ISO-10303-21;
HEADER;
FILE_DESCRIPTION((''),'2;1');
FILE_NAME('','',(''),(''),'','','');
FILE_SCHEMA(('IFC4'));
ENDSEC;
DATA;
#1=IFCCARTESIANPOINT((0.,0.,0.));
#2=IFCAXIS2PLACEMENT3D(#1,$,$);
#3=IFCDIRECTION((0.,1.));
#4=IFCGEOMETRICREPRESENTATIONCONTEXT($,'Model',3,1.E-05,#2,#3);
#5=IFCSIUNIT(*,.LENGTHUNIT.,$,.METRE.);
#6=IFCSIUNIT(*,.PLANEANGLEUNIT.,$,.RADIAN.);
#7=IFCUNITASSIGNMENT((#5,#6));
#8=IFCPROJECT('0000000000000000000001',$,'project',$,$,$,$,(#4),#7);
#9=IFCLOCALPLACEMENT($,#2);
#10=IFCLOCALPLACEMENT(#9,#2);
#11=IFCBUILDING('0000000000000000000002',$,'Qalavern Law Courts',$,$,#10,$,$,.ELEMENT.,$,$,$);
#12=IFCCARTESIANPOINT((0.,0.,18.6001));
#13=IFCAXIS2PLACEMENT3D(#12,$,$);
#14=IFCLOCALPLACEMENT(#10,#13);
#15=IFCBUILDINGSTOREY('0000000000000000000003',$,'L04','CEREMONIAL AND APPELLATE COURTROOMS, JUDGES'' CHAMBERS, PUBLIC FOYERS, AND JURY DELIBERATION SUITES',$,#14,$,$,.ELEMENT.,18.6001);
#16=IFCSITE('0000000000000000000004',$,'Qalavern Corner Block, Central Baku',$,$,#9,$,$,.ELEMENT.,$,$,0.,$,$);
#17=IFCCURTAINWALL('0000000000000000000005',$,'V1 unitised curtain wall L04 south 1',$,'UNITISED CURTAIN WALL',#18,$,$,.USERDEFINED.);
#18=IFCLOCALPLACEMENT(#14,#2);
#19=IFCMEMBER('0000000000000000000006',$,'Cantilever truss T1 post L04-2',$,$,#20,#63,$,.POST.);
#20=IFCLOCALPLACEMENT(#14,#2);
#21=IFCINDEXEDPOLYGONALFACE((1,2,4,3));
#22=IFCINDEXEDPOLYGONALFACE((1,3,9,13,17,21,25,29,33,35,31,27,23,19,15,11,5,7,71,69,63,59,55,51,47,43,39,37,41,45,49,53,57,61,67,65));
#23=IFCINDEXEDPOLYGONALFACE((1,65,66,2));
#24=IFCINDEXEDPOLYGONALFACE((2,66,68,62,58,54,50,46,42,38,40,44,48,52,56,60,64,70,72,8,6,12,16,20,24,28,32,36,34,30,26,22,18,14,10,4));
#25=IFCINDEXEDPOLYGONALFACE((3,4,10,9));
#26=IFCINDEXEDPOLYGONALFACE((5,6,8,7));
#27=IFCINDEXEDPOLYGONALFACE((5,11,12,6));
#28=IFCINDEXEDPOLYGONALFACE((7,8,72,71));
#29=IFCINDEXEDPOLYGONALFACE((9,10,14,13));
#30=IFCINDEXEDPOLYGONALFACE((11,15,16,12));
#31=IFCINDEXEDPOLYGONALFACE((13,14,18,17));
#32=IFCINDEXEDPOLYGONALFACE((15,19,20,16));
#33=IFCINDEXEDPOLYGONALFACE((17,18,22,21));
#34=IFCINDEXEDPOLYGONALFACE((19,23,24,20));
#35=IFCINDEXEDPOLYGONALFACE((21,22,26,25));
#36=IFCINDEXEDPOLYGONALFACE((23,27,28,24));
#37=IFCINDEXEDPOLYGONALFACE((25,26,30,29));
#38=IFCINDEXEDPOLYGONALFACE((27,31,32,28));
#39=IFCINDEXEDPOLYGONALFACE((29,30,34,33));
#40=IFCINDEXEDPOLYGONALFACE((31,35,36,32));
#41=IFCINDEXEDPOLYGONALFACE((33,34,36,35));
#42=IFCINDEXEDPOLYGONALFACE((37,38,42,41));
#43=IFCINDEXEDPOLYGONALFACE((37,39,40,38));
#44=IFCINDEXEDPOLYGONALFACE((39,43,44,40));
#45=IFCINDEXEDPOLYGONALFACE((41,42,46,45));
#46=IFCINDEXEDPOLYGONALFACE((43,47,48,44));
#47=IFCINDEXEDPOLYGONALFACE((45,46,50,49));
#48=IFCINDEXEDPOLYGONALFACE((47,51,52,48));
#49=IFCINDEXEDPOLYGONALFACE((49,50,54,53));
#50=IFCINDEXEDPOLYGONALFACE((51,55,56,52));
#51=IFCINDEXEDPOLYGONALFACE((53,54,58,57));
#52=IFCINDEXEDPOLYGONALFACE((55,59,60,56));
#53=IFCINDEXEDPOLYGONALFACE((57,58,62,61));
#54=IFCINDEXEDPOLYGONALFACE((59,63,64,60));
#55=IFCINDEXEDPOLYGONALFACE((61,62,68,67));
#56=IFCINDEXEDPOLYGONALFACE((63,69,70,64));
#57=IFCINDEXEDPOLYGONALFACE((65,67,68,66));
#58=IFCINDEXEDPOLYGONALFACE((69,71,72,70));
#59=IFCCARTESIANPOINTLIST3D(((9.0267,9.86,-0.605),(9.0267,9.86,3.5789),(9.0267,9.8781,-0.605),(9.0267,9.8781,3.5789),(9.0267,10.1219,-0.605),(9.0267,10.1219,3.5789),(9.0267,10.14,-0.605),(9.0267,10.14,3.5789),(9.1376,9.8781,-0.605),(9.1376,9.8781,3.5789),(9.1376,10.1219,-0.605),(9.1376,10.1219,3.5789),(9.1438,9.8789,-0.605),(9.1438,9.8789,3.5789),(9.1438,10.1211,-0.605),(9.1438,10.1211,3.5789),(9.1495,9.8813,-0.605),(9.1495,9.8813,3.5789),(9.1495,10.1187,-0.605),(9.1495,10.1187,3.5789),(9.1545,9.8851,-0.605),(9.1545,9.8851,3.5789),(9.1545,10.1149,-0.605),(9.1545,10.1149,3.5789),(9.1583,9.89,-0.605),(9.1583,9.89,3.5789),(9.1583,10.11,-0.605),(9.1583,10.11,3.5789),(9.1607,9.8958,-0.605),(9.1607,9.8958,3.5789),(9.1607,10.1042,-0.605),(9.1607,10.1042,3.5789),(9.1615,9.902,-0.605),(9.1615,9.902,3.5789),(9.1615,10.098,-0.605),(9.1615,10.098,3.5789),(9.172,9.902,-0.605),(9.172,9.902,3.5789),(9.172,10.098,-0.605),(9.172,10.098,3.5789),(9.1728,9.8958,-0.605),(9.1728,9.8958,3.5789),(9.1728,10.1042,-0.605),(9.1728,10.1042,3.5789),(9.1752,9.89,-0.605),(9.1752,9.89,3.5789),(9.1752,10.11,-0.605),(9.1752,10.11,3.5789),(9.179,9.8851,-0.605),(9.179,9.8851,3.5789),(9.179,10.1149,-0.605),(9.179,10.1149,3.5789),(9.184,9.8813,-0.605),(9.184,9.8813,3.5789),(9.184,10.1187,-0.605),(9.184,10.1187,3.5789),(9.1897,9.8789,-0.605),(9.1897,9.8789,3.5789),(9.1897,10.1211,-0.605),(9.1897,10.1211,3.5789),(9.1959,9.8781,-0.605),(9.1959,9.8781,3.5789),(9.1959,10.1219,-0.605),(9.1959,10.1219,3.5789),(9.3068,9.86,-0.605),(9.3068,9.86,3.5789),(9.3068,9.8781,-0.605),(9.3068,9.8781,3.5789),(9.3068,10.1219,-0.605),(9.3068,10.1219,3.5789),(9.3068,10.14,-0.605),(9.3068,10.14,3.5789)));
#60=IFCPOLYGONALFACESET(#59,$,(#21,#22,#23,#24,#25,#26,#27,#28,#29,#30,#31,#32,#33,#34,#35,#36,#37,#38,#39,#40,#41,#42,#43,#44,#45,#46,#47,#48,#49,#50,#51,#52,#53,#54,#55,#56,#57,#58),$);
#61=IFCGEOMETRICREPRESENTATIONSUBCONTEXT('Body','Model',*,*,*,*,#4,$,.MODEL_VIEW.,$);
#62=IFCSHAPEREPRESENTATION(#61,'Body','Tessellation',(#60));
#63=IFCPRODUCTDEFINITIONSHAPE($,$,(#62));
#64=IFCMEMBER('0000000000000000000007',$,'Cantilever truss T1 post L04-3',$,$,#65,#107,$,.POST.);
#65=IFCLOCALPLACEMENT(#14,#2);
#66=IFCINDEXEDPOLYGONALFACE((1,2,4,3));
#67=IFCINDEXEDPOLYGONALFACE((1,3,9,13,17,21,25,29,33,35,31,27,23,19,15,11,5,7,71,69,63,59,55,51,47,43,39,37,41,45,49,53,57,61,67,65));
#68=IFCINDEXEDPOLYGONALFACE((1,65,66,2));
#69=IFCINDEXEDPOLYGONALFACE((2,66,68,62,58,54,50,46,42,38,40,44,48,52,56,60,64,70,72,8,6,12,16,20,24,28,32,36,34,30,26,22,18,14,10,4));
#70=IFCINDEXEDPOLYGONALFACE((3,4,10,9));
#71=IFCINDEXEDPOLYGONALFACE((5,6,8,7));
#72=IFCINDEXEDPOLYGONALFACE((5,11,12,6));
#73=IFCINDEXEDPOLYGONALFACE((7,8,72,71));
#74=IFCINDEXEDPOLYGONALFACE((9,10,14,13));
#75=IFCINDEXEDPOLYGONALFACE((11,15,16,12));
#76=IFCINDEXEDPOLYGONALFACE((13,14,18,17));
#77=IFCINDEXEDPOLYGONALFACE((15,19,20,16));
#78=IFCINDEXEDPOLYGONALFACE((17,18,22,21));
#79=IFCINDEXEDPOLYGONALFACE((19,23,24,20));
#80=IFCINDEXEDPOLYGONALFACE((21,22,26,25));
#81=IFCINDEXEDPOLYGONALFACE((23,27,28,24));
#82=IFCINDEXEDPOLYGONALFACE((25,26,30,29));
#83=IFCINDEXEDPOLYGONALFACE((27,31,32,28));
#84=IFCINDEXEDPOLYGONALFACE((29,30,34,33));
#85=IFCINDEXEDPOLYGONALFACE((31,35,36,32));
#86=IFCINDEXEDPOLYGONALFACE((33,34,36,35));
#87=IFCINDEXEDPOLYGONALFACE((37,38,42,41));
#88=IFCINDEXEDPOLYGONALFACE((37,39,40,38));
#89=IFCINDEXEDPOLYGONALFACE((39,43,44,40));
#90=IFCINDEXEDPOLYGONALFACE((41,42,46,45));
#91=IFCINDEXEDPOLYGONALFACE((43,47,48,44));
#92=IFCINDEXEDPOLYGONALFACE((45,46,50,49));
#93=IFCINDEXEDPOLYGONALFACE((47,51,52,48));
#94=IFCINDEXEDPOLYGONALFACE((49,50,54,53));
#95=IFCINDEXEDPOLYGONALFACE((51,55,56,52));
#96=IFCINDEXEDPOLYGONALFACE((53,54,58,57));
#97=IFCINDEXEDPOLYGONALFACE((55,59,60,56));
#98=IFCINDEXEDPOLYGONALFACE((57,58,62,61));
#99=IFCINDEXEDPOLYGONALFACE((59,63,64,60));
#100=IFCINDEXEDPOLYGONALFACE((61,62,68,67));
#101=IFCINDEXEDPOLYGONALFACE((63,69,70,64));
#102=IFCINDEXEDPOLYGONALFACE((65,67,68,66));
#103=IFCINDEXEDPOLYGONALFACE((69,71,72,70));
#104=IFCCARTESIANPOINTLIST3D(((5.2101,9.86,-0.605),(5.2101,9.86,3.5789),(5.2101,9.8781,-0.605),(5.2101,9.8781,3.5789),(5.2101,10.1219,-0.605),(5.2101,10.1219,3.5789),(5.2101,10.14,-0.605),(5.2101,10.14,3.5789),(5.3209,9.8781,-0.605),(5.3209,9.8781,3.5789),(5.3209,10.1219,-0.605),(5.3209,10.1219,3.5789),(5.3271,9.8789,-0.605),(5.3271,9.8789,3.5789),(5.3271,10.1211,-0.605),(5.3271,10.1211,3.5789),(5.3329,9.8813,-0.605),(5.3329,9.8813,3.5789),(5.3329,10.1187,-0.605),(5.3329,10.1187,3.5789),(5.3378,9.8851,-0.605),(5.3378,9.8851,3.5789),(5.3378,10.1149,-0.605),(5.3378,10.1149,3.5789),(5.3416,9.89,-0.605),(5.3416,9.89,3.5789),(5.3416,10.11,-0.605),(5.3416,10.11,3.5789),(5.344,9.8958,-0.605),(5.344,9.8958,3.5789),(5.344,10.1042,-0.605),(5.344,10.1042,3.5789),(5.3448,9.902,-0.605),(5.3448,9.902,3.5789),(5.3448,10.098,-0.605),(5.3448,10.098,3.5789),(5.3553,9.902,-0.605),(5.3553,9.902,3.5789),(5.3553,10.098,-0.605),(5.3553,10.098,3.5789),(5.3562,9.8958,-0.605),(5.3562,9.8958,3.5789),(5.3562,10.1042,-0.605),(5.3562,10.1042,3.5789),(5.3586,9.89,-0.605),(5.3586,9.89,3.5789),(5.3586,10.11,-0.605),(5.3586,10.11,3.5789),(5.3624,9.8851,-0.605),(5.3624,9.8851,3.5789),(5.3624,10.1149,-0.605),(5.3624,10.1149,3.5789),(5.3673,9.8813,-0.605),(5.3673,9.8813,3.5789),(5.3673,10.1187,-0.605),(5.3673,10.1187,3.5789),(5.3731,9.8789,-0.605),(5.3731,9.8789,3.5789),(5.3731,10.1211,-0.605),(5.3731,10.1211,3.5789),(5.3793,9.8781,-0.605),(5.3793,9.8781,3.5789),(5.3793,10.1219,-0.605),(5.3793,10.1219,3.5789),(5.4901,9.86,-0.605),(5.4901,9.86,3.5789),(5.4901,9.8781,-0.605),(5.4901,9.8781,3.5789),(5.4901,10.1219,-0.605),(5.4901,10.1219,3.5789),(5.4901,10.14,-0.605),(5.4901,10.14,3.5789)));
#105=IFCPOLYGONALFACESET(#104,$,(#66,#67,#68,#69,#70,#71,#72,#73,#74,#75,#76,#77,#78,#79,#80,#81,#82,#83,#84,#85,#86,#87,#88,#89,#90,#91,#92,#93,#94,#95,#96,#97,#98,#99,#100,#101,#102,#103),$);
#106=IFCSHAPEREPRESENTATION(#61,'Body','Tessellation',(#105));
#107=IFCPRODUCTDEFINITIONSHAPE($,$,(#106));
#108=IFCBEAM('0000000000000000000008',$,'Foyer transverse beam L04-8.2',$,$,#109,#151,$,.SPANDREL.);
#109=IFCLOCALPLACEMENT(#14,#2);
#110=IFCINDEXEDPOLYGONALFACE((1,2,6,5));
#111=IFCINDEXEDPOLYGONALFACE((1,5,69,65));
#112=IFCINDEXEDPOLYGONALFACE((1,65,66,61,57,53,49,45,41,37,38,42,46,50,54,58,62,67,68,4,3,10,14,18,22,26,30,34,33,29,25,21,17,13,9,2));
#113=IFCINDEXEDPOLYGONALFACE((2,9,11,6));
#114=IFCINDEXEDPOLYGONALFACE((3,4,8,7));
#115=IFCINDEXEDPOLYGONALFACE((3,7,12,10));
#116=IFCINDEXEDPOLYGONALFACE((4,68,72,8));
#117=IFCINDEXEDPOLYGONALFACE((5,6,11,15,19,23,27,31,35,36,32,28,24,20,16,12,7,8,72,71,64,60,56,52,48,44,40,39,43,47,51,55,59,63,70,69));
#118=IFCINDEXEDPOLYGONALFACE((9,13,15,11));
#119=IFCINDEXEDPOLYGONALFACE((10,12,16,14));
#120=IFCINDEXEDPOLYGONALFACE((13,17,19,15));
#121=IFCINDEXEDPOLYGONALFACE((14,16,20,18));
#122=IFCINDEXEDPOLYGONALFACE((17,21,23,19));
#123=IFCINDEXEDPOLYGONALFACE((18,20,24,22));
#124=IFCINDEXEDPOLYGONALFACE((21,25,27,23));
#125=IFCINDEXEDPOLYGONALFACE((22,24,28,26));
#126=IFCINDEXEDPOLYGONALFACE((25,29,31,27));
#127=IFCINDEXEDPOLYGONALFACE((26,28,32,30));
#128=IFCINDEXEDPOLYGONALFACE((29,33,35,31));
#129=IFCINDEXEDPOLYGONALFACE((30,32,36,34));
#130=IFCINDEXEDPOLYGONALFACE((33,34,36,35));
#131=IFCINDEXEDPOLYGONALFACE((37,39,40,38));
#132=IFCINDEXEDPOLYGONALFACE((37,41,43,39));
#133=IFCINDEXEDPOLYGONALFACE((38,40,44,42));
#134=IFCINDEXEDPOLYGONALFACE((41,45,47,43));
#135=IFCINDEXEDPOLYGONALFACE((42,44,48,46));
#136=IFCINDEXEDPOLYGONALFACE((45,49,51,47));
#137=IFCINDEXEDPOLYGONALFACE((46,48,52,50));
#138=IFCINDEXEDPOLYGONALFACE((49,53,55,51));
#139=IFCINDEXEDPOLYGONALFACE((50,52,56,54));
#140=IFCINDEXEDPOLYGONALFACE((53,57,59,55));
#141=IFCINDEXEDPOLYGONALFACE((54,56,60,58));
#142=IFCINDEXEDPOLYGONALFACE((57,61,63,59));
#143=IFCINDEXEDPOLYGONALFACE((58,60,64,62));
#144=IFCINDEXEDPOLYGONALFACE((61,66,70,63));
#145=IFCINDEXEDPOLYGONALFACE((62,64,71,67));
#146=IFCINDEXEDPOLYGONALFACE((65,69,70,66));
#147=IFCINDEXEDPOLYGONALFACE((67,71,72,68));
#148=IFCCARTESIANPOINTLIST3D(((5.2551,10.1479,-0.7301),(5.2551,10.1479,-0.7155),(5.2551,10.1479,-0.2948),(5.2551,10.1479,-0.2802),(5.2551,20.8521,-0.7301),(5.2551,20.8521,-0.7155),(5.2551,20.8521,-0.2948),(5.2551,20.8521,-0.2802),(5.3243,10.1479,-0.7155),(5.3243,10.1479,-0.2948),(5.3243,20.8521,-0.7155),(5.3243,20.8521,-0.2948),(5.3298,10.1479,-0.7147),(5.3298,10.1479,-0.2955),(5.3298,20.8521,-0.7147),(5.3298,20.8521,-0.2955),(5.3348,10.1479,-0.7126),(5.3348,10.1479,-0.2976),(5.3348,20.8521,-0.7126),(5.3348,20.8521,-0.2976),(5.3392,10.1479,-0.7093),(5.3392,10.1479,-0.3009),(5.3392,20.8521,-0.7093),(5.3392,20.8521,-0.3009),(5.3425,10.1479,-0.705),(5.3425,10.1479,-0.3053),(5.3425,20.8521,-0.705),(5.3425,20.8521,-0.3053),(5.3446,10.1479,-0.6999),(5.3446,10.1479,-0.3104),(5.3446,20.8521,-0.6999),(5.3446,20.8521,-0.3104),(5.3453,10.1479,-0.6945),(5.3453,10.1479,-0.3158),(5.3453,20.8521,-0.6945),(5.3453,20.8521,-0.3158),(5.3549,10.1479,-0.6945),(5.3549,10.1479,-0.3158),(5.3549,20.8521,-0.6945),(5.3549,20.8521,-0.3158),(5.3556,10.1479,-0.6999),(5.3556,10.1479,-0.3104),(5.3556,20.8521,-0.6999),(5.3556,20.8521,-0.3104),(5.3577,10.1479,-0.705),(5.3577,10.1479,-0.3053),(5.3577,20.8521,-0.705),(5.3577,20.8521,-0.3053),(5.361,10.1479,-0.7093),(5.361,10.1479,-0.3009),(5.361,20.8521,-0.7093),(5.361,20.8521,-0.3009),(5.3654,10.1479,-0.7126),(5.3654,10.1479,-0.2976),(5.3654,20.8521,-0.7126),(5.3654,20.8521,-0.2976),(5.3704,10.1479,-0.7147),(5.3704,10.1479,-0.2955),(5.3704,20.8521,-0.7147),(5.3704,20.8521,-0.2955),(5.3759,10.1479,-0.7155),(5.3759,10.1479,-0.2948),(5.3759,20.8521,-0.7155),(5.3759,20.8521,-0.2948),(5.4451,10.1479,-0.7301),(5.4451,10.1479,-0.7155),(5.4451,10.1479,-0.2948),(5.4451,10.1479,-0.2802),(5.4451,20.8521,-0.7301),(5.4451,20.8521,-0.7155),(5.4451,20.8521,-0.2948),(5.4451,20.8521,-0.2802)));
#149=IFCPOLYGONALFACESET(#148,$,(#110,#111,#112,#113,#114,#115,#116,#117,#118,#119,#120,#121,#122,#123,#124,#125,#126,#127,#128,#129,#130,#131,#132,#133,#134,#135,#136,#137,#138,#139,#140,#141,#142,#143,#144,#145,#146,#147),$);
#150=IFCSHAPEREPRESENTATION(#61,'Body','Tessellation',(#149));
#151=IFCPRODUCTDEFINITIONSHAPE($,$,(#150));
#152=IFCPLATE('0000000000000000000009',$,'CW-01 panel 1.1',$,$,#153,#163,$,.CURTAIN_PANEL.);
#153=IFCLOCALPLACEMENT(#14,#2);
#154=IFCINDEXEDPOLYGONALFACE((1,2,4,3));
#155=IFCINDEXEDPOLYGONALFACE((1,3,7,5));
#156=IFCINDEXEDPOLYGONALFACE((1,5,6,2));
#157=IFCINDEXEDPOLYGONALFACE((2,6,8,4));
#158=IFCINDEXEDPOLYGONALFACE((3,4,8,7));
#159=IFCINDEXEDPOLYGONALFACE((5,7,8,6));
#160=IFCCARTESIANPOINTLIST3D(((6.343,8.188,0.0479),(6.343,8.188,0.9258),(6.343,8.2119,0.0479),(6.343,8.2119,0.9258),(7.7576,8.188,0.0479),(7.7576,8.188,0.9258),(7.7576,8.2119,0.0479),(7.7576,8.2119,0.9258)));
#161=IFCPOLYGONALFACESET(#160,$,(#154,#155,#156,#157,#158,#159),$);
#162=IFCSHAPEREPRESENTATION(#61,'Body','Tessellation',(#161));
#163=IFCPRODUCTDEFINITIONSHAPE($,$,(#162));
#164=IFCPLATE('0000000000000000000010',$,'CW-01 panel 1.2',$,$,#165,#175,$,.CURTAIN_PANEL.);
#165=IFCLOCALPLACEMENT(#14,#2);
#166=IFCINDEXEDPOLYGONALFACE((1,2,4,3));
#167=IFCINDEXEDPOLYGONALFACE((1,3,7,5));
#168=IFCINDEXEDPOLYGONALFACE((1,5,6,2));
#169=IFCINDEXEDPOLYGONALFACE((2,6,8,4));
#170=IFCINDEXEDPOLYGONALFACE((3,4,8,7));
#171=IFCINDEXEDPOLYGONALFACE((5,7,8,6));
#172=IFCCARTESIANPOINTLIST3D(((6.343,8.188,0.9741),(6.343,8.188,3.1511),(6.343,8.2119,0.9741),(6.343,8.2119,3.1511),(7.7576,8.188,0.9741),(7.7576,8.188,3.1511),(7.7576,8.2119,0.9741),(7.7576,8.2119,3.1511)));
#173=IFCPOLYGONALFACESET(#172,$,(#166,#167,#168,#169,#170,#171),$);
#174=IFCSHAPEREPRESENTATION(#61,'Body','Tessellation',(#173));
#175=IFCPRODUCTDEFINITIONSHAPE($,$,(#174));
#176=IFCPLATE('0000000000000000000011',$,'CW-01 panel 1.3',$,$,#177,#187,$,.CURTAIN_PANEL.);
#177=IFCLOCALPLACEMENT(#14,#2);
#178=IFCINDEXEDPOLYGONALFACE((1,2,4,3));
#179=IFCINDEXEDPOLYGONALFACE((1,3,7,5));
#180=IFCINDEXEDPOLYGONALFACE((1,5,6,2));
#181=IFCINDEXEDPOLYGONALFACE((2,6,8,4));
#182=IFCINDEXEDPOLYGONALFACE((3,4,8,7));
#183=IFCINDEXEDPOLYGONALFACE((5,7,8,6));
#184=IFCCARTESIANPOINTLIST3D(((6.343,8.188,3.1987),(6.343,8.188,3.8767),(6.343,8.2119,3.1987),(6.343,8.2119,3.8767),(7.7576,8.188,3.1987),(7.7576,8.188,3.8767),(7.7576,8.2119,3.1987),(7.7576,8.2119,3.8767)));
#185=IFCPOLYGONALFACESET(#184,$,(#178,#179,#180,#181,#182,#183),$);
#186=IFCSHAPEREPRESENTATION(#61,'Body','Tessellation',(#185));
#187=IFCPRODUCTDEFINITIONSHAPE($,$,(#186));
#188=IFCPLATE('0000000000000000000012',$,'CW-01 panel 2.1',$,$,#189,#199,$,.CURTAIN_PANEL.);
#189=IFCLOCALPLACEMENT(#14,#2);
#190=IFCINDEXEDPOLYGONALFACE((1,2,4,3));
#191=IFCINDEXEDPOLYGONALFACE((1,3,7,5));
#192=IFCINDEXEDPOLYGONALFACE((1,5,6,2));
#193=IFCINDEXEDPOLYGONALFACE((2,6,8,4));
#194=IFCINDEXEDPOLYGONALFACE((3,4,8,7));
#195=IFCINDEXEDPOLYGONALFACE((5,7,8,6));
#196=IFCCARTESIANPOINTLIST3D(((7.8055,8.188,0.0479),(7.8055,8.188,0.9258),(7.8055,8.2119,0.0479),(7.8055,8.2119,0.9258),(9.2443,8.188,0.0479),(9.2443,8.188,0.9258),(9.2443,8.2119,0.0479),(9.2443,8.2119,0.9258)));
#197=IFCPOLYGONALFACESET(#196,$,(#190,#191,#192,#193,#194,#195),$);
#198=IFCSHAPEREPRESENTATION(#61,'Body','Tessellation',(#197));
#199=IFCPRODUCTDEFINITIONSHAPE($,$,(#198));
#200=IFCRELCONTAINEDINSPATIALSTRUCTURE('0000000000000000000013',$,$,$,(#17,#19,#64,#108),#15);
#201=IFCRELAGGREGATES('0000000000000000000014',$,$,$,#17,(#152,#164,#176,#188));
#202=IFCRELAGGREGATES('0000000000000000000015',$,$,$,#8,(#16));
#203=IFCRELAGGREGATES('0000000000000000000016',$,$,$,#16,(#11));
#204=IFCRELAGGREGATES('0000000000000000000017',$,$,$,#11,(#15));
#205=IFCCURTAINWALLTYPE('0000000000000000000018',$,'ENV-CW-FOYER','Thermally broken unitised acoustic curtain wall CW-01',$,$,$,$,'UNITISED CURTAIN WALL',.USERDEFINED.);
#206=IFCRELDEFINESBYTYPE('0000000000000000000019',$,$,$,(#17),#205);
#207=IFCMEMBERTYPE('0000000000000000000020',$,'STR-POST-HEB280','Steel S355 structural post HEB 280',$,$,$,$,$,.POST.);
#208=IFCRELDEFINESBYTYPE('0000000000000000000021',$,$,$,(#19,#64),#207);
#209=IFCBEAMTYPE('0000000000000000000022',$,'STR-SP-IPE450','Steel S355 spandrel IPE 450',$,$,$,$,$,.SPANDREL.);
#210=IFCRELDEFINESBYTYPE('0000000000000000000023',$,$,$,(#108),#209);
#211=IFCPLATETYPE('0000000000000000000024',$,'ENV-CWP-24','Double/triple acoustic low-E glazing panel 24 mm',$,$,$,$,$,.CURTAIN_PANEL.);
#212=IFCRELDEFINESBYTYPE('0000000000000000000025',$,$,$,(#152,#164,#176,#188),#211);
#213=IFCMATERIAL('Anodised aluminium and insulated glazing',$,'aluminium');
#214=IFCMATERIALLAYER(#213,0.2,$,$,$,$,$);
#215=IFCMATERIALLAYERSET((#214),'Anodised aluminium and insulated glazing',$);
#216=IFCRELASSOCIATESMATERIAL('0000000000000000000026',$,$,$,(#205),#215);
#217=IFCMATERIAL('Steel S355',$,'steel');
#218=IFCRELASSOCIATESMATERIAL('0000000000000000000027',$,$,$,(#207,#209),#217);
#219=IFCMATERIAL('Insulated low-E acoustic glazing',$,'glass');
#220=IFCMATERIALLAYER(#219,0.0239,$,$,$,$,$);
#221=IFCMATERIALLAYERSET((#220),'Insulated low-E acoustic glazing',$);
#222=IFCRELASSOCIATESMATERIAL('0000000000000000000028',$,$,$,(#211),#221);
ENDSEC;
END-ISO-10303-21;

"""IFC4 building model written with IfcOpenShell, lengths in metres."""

from ifc_helpers import new_model, si_unit, direction, frame, origin, origin_2d, place, context, subcontext, project, spatial, rectangle, i_section, extrude, material, layer, layer_set, material_profile, profile_set, type_object, element, aggregate, save


model = new_model("IFC4")

# Units and contexts
model_context = context("Model", 3, precision=1e-05, world=origin(), true_north=direction((0.0, 1.0)))
body_context = subcontext(model_context, "Body", "Model", "MODEL_VIEW")
ifc_project = project(units=[si_unit("LENGTHUNIT", "METRE"), si_unit("PLANEANGLEUNIT", "RADIAN")], contexts=[model_context])

# Site, building, storey
site_placement = place(None, origin())
site = spatial("IfcSite", under=ifc_project, at=site_placement, Name="Qalavern Corner Block, Central Baku", CompositionType="ELEMENT", RefElevation=0.0)
building_placement = place(site_placement, origin())
building = spatial("IfcBuilding", under=site, at=building_placement, Name="Qalavern Law Courts", CompositionType="ELEMENT")
storey_placement = place(building_placement, frame((0.0, 0.0, 18.6001)))
storey = spatial("IfcBuildingStorey", under=building, at=storey_placement, Name="L04", Description="CEREMONIAL AND APPELLATE COURTROOMS, JUDGES' CHAMBERS, PUBLIC FOYERS, AND JURY DELIBERATION SUITES", CompositionType="ELEMENT", Elevation=18.6001)

# Curtain wall
ifc_material_1 = material(Name="Anodised aluminium and insulated glazing", Category="aluminium")
ifc_layer_1 = layer(ifc_material_1, 0.2)
ifc_layer_set_1 = layer_set([ifc_layer_1], Name="Anodised aluminium and insulated glazing")
curtain_wall_type = type_object("IfcCurtainWallType", Name="ENV-CW-FOYER", Description="Thermally broken unitised acoustic curtain wall CW-01", ElementType="UNITISED CURTAIN WALL", PredefinedType="USERDEFINED", material=ifc_layer_set_1)
curtain_wall_1_placement = place(storey_placement, origin())
curtain_wall_1 = element("IfcCurtainWall", 1, at=curtain_wall_1_placement, inside=storey, type_object=curtain_wall_type, Name="V1 unitised curtain wall L04 south 1", ObjectType="UNITISED CURTAIN WALL", PredefinedType="USERDEFINED")

# Shared definitions
ifc_material_2 = material(Name="Steel S355", Category="steel")

# Members
ifc_material_profile_1 = material_profile(ifc_material_2, i_section(OverallWidth=0.28, OverallDepth=0.28, WebThickness=0.0105, FlangeThickness=0.0181, FilletRadius=0.0239, at=origin_2d()), Name="HEB 280")
ifc_profile_set_1 = profile_set([ifc_material_profile_1], Name="Steel S355")
member_type_1 = type_object("IfcMemberType", Name="STR-POST-HEB280", Description="Steel S355 structural post HEB 280", PredefinedType="POST", material=ifc_profile_set_1)
for number, where, z_axis, x_axis, name in (
    (2, (9.1667, 10.0, -0.605), (0.0, 0.0, 1.0), (1.0, 0.0, 0.0), "Cantilever truss T1 post L04-2"),
    (3, (5.3501, 10.0, -0.605), (0.0, 0.0, 1.0), (1.0, 0.0, 0.0), "Cantilever truss T1 post L04-3"),
):
    element("IfcMember", number, at=place(storey_placement, frame(where, z_axis=z_axis, x_axis=x_axis)), inside=storey, type_object=member_type_1, Name=name, PredefinedType="POST", context=body_context, shape_type="SweptSolid", body=[
        extrude(i_section(OverallWidth=0.28, OverallDepth=0.28, WebThickness=0.0105, FlangeThickness=0.0181, FilletRadius=0.0239, at=origin_2d()), origin(), (0.0, 0.0, 1.0), 4.1838),
    ])

# Beam
ifc_material_profile_2 = material_profile(ifc_material_2, i_section(OverallWidth=0.1899, OverallDepth=0.45, WebThickness=0.0095, FlangeThickness=0.0146, FilletRadius=0.021, at=origin_2d()), Name="IPE 450")
ifc_profile_set_2 = profile_set([ifc_material_profile_2], Name="Steel S355")
beam_type_1 = type_object("IfcBeamType", Name="STR-SP-IPE450", Description="Steel S355 spandrel IPE 450", PredefinedType="SPANDREL", material=ifc_profile_set_2)
beam_1_placement = place(storey_placement, frame((5.3501, 10.1479, -0.5051), z_axis=(0.0, 1.0, 0.0), x_axis=(-1.0, 0.0, 0.0)))
element("IfcBeam", 4, at=beam_1_placement, inside=storey, type_object=beam_type_1, Name="Foyer transverse beam L04-8.2", PredefinedType="SPANDREL", context=body_context, shape_type="SweptSolid", body=[
    extrude(i_section(OverallWidth=0.1899, OverallDepth=0.45, WebThickness=0.0095, FlangeThickness=0.0146, FilletRadius=0.021, at=origin_2d()), origin(), (0.0, 0.0, 1.0), 10.7041),
])

# Plates
ifc_material_3 = material(Name="Insulated low-E acoustic glazing", Category="glass")
ifc_layer_2 = layer(ifc_material_3, 0.0239)
ifc_layer_set_2 = layer_set([ifc_layer_2], Name="Insulated low-E acoustic glazing")
plate_type_1 = type_object("IfcPlateType", Name="ENV-CWP-24", Description="Double/triple acoustic low-E glazing panel 24 mm", PredefinedType="CURTAIN_PANEL", material=ifc_layer_set_2)
plate_1_placement = place(storey_placement, frame((7.0503, 8.2, 0.0479), z_axis=(0.0, 0.0, 1.0), x_axis=(1.0, 0.0, 0.0)))
plate_1 = element("IfcPlate", 5, at=plate_1_placement, type_object=plate_type_1, Name="CW-01 panel 1.1", PredefinedType="CURTAIN_PANEL", context=body_context, shape_type="SweptSolid", body=[
    extrude(rectangle(XDim=1.4146, YDim=0.0239, at=origin_2d()), origin(), (0.0, 0.0, 1.0), 0.8779),
])
plate_2_placement = place(storey_placement, frame((7.0503, 8.2, 0.9741), z_axis=(0.0, 0.0, 1.0), x_axis=(1.0, 0.0, 0.0)))
plate_2 = element("IfcPlate", 6, at=plate_2_placement, type_object=plate_type_1, Name="CW-01 panel 1.2", PredefinedType="CURTAIN_PANEL", context=body_context, shape_type="SweptSolid", body=[
    extrude(rectangle(XDim=1.4146, YDim=0.0239, at=origin_2d()), origin(), (0.0, 0.0, 1.0), 2.177),
])
plate_3_placement = place(storey_placement, frame((7.0503, 8.2, 3.1987), z_axis=(0.0, 0.0, 1.0), x_axis=(1.0, 0.0, 0.0)))
plate_3 = element("IfcPlate", 7, at=plate_3_placement, type_object=plate_type_1, Name="CW-01 panel 1.3", PredefinedType="CURTAIN_PANEL", context=body_context, shape_type="SweptSolid", body=[
    extrude(rectangle(XDim=1.4146, YDim=0.0239, at=origin_2d()), origin(), (0.0, 0.0, 1.0), 0.678),
])
plate_4_placement = place(storey_placement, frame((8.5249, 8.2, 0.0479), z_axis=(0.0, 0.0, 1.0), x_axis=(1.0, 0.0, 0.0)))
plate_4 = element("IfcPlate", 8, at=plate_4_placement, type_object=plate_type_1, Name="CW-01 panel 2.1", PredefinedType="CURTAIN_PANEL", context=body_context, shape_type="SweptSolid", body=[
    extrude(rectangle(XDim=1.4387, YDim=0.0239, at=origin_2d()), origin(), (0.0, 0.0, 1.0), 0.8779),
])
aggregate(curtain_wall_1, [plate_1, plate_2, plate_3, plate_4])

save(model, "model.ifc")
